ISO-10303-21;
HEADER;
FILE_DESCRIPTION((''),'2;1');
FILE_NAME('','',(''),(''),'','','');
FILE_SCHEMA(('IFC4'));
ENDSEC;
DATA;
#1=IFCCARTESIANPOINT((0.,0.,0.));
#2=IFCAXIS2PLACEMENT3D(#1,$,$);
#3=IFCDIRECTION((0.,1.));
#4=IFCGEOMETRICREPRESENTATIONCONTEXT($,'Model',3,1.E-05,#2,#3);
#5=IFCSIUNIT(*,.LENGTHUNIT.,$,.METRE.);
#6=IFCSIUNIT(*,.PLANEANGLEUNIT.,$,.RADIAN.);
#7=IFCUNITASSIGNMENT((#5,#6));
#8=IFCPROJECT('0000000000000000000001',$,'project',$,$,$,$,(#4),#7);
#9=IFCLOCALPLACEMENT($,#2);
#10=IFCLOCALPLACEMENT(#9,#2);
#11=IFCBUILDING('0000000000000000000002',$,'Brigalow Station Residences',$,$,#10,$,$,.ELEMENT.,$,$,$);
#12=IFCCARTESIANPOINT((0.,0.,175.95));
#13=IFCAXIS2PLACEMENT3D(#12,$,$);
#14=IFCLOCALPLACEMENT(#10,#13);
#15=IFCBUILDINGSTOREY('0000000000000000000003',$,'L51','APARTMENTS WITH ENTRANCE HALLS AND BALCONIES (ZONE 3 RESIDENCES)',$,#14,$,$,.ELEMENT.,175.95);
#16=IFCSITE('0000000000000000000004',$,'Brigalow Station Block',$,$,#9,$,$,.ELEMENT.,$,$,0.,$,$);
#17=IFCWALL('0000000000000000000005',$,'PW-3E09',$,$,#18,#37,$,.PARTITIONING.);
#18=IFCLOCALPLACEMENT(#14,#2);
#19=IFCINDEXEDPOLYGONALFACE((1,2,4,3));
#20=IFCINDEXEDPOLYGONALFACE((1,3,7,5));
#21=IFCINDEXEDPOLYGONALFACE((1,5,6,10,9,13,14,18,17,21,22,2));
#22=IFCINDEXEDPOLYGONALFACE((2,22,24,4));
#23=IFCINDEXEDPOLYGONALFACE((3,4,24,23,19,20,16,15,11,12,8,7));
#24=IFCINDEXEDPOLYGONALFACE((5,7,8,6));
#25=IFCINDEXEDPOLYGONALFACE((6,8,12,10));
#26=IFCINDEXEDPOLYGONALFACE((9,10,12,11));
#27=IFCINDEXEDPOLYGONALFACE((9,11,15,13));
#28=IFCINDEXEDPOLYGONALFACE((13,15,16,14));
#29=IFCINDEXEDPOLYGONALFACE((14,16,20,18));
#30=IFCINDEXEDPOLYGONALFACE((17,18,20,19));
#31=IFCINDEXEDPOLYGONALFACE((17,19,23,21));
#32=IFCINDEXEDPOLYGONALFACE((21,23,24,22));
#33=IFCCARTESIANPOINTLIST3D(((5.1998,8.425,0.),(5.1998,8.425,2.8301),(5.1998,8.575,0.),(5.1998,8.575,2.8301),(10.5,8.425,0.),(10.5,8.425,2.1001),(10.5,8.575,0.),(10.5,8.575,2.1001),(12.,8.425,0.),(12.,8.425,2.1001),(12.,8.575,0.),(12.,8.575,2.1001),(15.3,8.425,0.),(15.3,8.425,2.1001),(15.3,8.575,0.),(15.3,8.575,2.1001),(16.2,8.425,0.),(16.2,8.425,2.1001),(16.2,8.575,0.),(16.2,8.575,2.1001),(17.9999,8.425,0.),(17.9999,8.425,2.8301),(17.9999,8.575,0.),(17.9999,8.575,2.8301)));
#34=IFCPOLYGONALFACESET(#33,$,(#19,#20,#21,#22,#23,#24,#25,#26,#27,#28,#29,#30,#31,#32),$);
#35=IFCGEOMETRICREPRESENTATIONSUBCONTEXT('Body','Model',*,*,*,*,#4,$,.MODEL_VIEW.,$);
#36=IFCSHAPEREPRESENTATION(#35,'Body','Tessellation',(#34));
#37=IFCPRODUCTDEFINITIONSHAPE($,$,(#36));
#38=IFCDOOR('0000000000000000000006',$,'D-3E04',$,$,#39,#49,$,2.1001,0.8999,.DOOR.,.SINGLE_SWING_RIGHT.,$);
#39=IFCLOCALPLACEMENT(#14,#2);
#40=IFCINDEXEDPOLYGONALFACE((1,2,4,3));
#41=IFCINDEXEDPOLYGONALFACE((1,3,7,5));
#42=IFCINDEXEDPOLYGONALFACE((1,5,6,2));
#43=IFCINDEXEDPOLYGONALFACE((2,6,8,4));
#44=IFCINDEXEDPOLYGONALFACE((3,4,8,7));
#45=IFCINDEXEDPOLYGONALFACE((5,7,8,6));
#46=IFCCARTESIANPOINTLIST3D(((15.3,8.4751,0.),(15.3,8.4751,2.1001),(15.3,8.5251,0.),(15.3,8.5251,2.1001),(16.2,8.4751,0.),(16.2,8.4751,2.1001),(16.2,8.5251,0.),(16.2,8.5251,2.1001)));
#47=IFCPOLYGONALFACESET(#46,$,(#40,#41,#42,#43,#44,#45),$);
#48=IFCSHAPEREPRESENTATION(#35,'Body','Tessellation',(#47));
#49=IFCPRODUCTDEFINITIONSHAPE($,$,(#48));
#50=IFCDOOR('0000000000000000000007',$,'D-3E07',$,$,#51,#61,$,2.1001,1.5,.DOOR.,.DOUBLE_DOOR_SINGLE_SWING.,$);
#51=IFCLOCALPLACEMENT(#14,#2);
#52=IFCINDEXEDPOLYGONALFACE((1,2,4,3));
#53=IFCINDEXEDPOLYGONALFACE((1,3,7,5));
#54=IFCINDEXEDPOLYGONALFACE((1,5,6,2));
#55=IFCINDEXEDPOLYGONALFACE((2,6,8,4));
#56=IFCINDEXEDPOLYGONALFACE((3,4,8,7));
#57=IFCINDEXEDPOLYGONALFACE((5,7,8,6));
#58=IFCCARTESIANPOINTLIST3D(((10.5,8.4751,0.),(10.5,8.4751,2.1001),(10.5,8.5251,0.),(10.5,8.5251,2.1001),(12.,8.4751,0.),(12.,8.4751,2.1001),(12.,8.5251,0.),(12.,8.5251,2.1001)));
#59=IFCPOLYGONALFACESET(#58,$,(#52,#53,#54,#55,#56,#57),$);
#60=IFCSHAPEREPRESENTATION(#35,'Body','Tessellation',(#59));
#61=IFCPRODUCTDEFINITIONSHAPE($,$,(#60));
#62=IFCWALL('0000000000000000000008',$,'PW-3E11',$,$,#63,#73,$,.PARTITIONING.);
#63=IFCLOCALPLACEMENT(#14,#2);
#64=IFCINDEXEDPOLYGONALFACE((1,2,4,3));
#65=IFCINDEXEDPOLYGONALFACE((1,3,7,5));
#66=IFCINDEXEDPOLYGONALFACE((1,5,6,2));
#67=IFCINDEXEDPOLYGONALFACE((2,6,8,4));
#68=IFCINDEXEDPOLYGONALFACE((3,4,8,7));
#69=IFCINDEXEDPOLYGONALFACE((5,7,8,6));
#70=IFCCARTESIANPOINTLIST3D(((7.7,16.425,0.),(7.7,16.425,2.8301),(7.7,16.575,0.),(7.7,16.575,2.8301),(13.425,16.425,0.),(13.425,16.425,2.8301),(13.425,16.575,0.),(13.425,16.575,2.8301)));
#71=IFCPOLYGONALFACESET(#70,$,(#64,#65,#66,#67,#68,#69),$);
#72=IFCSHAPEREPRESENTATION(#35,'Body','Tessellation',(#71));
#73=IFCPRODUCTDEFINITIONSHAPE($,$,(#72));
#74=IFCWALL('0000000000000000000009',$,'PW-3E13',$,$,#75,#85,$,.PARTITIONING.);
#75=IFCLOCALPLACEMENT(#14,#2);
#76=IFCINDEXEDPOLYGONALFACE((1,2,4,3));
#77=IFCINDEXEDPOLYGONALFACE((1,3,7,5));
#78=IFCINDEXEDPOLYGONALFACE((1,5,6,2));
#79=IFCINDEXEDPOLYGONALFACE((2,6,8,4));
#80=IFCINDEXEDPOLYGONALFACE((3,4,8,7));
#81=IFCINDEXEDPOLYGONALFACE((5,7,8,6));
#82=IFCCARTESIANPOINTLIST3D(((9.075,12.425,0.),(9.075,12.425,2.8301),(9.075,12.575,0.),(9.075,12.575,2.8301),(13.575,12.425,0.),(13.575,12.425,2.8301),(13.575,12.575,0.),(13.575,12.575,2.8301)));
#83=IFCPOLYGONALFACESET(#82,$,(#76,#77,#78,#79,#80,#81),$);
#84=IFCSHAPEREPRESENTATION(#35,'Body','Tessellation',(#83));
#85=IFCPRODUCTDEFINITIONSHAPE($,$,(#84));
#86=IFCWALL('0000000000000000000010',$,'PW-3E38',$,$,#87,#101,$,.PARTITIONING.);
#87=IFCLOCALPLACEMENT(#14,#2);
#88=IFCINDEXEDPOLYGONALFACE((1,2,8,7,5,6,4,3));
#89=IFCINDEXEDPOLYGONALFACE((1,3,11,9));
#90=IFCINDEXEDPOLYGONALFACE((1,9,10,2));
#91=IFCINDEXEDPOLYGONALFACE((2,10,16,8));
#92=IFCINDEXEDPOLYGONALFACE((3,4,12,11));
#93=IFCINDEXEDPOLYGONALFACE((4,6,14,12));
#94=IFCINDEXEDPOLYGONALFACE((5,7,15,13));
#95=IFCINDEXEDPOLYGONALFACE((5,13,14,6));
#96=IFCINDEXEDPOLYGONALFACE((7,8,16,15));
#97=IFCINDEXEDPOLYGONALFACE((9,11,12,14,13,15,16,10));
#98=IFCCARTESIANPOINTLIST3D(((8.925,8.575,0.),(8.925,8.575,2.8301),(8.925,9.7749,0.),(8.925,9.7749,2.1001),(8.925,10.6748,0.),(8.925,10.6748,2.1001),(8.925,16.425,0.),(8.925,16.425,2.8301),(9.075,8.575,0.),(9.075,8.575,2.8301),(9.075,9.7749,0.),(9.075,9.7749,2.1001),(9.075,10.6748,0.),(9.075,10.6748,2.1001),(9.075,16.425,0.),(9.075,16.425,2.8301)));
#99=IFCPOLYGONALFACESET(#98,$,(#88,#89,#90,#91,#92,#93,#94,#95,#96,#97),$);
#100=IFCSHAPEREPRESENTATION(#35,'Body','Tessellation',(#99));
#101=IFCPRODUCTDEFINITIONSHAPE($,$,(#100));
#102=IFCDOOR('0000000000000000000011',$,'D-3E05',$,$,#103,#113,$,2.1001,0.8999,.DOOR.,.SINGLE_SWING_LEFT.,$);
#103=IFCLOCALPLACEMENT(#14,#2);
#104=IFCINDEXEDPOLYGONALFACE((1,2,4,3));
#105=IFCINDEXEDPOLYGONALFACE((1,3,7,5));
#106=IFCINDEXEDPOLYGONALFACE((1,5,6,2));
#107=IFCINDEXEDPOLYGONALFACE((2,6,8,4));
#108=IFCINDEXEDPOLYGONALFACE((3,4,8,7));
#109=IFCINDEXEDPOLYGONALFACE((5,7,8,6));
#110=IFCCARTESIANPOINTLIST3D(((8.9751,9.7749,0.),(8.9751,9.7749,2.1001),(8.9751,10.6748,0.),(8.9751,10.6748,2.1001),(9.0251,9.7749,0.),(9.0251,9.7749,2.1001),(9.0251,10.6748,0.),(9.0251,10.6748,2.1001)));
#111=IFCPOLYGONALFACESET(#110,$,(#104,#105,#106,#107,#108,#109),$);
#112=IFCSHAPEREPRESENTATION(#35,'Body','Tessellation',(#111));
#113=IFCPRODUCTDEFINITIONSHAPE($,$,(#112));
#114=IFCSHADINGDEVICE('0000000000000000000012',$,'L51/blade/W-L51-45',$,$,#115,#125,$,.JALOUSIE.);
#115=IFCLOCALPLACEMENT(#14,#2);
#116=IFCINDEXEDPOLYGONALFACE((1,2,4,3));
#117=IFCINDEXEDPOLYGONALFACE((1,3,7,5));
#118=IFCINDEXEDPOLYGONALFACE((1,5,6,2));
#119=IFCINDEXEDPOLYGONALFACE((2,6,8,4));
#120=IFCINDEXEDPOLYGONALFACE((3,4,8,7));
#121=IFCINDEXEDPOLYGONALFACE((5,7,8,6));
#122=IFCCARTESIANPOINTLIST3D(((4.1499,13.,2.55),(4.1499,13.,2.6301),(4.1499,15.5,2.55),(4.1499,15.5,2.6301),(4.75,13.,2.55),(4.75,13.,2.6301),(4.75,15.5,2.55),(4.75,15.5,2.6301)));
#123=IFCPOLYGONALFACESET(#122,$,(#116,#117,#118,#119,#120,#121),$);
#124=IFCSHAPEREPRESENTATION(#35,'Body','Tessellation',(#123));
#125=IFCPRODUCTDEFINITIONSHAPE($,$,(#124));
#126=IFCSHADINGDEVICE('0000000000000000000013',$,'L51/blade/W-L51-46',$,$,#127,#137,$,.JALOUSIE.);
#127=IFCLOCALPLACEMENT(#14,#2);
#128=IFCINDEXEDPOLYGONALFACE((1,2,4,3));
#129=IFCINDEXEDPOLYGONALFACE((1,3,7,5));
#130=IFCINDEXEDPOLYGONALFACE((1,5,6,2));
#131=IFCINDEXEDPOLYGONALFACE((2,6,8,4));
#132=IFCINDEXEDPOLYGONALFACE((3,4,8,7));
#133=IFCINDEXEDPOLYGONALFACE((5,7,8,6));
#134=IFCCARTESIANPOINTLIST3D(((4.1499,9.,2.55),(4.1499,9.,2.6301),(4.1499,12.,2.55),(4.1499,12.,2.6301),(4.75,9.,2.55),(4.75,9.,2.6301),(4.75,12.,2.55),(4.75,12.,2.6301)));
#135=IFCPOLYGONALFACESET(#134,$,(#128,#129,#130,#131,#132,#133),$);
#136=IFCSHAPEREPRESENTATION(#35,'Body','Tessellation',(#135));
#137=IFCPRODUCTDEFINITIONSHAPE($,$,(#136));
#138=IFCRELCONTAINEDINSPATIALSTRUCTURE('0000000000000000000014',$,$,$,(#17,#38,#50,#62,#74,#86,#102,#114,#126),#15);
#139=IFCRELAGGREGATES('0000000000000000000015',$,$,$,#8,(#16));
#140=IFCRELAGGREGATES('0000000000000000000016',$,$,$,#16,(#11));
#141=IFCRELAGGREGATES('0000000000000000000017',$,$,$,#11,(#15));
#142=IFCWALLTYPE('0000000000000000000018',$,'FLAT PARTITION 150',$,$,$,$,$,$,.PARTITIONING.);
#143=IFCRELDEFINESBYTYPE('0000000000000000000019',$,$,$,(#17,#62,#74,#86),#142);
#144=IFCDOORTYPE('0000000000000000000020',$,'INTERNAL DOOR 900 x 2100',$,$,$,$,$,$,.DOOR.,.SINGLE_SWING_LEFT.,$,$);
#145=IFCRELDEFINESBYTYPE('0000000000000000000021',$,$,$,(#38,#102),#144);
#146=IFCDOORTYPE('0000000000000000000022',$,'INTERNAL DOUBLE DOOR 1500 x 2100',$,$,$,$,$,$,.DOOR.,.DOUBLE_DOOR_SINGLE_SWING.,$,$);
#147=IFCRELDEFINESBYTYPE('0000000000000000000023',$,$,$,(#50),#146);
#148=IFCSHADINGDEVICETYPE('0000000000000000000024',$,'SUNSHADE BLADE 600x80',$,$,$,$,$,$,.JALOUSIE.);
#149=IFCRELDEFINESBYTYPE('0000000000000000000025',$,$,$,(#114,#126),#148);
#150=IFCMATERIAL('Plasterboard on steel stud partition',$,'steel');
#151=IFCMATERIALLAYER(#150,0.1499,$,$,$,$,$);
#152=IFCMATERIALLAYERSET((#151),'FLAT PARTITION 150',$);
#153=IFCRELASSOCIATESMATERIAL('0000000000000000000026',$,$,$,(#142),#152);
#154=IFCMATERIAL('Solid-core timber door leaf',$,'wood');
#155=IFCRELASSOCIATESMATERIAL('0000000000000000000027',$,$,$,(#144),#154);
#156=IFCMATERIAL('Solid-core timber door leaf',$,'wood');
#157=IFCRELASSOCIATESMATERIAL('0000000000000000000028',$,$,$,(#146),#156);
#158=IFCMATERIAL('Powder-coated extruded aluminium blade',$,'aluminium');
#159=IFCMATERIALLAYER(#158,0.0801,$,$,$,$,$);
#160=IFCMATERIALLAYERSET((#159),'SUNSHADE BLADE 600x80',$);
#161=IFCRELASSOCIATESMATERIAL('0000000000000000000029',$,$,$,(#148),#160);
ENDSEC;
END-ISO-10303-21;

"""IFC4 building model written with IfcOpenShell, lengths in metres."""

from ifc_helpers import new_model, si_unit, direction, frame, frame_2d, origin, origin_2d, place, context, subcontext, project, spatial, rectangle, extrude, material, layer, layer_set, type_object, element, fill, save


model = new_model("IFC4")

# Units and contexts
model_context = context("Model", 3, precision=1e-05, world=origin(), true_north=direction((0.0, 1.0)))
body_context = subcontext(model_context, "Body", "Model", "MODEL_VIEW")
ifc_project = project(units=[si_unit("LENGTHUNIT", "METRE"), si_unit("PLANEANGLEUNIT", "RADIAN")], contexts=[model_context])

# Site, building, storey
site_placement = place(None, origin())
site = spatial("IfcSite", under=ifc_project, at=site_placement, Name="Brigalow Station Block", CompositionType="ELEMENT", RefElevation=0.0)
building_placement = place(site_placement, origin())
building = spatial("IfcBuilding", under=site, at=building_placement, Name="Brigalow Station Residences", CompositionType="ELEMENT")
storey_placement = place(building_placement, frame((0.0, 0.0, 175.95)))
storey = spatial("IfcBuildingStorey", under=building, at=storey_placement, Name="L51", Description="APARTMENTS WITH ENTRANCE HALLS AND BALCONIES (ZONE 3 RESIDENCES)", CompositionType="ELEMENT", Elevation=175.95)

# Wall, openings, doors
ifc_material_1 = material(Name="Plasterboard on steel stud partition", Category="steel")
ifc_layer_1 = layer(ifc_material_1, 0.1499)
ifc_layer_set_1 = layer_set([ifc_layer_1], Name="FLAT PARTITION 150")
wall_type_1 = type_object("IfcWallType", Name="FLAT PARTITION 150", PredefinedType="PARTITIONING", material=ifc_layer_set_1)
wall_1_placement = place(storey_placement, frame((5.2, 8.5, 0.0), z_axis=(0.0, 0.0, 1.0), x_axis=(1.0, 0.0, 0.0)))
wall_1 = element("IfcWall", 1, at=wall_1_placement, inside=storey, type_object=wall_type_1, Name="PW-3E09", PredefinedType="PARTITIONING", context=body_context, shape_type="SweptSolid", body=[
    extrude(rectangle(XDim=12.8, YDim=0.1499, at=frame_2d((6.3999, 0.0))), origin(), (0.0, 0.0, 1.0), 2.8301),
])
opening_1_placement = place(wall_1_placement, frame((10.1001, 0.0, 0.0)))
opening_1 = element("IfcOpeningElement", 2, at=opening_1_placement, cuts=wall_1, PredefinedType="OPENING", context=body_context, shape_type="SweptSolid", body=[
    extrude(rectangle(XDim=0.8999, YDim=2.1001, at=frame_2d((0.45, 1.05))), frame((0.0, 0.085, 0.0), z_axis=(0.0, -1.0, 0.0), x_axis=(1.0, 0.0, 0.0)), (0.0, 0.0, 1.0), 0.1699),
])
opening_2_placement = place(wall_1_placement, frame((5.3, 0.0, 0.0)))
opening_2 = element("IfcOpeningElement", 3, at=opening_2_placement, cuts=wall_1, PredefinedType="OPENING", context=body_context, shape_type="SweptSolid", body=[
    extrude(rectangle(XDim=1.5, YDim=2.1001, at=frame_2d((0.75, 1.05))), frame((0.0, 0.085, 0.0), z_axis=(0.0, -1.0, 0.0), x_axis=(1.0, 0.0, 0.0)), (0.0, 0.0, 1.0), 0.1699),
])
ifc_material_2 = material(Name="Solid-core timber door leaf", Category="wood")
door_type_1 = type_object("IfcDoorType", Name="INTERNAL DOOR 900 x 2100", OperationType="SINGLE_SWING_LEFT", PredefinedType="DOOR", material=ifc_material_2)
door_1_placement = place(opening_1_placement, frame((0.8999, 0.0, 0.0), z_axis=(0.0, 0.0, 1.0), x_axis=(-1.0, 0.0, 0.0)))
door_1 = element("IfcDoor", 4, at=door_1_placement, inside=storey, type_object=door_type_1, Name="D-3E04", OperationType="SINGLE_SWING_RIGHT", OverallHeight=2.1001, OverallWidth=0.8999, PredefinedType="DOOR", context=body_context, shape_type="SweptSolid", body=[
    extrude(rectangle(XDim=0.8999, YDim=2.1001, at=frame_2d((0.45, 1.05))), frame((0.0, 0.0249, 0.0), z_axis=(0.0, -1.0, 0.0), x_axis=(1.0, 0.0, 0.0)), (0.0, 0.0, 1.0), 0.05),
])
fill(opening_1, door_1)
ifc_material_3 = material(Name="Solid-core timber door leaf", Category="wood")
door_type_2 = type_object("IfcDoorType", Name="INTERNAL DOUBLE DOOR 1500 x 2100", OperationType="DOUBLE_DOOR_SINGLE_SWING", PredefinedType="DOOR", material=ifc_material_3)
door_2_placement = place(opening_2_placement, frame((1.5, 0.0, 0.0), z_axis=(0.0, 0.0, 1.0), x_axis=(-1.0, 0.0, 0.0)))
door_2 = element("IfcDoor", 5, at=door_2_placement, inside=storey, type_object=door_type_2, Name="D-3E07", OperationType="DOUBLE_DOOR_SINGLE_SWING", OverallHeight=2.1001, OverallWidth=1.5, PredefinedType="DOOR", context=body_context, shape_type="SweptSolid", body=[
    extrude(rectangle(XDim=1.5, YDim=2.1001, at=frame_2d((0.75, 1.05))), frame((0.0, 0.0249, 0.0), z_axis=(0.0, -1.0, 0.0), x_axis=(1.0, 0.0, 0.0)), (0.0, 0.0, 1.0), 0.05),
])
fill(opening_2, door_2)

# Walls
wall_2_placement = place(storey_placement, frame((7.7, 16.5, 0.0), z_axis=(0.0, 0.0, 1.0), x_axis=(1.0, 0.0, 0.0)))
element("IfcWall", 6, at=wall_2_placement, inside=storey, type_object=wall_type_1, Name="PW-3E11", PredefinedType="PARTITIONING", context=body_context, shape_type="SweptSolid", body=[
    extrude(rectangle(XDim=5.7251, YDim=0.1499, at=frame_2d((2.8625, 0.0))), origin(), (0.0, 0.0, 1.0), 2.8301),
])
wall_3_placement = place(storey_placement, frame((9.075, 12.5, 0.0), z_axis=(0.0, 0.0, 1.0), x_axis=(1.0, 0.0, 0.0)))
element("IfcWall", 7, at=wall_3_placement, inside=storey, type_object=wall_type_1, Name="PW-3E13", PredefinedType="PARTITIONING", context=body_context, shape_type="SweptSolid", body=[
    extrude(rectangle(XDim=4.5, YDim=0.1499, at=frame_2d((2.25, 0.0))), origin(), (0.0, 0.0, 1.0), 2.8301),
])

# Wall, opening, door
wall_4_placement = place(storey_placement, frame((9.0, 8.575, 0.0), z_axis=(0.0, 0.0, 1.0), x_axis=(0.0, 1.0, 0.0)))
wall_4 = element("IfcWall", 8, at=wall_4_placement, inside=storey, type_object=wall_type_1, Name="PW-3E38", PredefinedType="PARTITIONING", context=body_context, shape_type="SweptSolid", body=[
    extrude(rectangle(XDim=7.8501, YDim=0.1499, at=frame_2d((3.925, 0.0))), origin(), (0.0, 0.0, 1.0), 2.8301),
])
opening_3_placement = place(wall_4_placement, frame((1.2, 0.0, 0.0)))
opening_3 = element("IfcOpeningElement", 9, at=opening_3_placement, cuts=wall_4, PredefinedType="OPENING", context=body_context, shape_type="SweptSolid", body=[
    extrude(rectangle(XDim=0.8999, YDim=2.1001, at=frame_2d((0.45, 1.05))), frame((0.0, 0.085, 0.0), z_axis=(0.0, -1.0, 0.0), x_axis=(1.0, 0.0, 0.0)), (0.0, 0.0, 1.0), 0.1699),
])
door_3_placement = place(opening_3_placement, origin())
door_3 = element("IfcDoor", 10, at=door_3_placement, inside=storey, type_object=door_type_1, Name="D-3E05", OperationType="SINGLE_SWING_LEFT", OverallHeight=2.1001, OverallWidth=0.8999, PredefinedType="DOOR", context=body_context, shape_type="SweptSolid", body=[
    extrude(rectangle(XDim=0.8999, YDim=2.1001, at=frame_2d((0.45, 1.05))), frame((0.0, 0.0249, 0.0), z_axis=(0.0, -1.0, 0.0), x_axis=(1.0, 0.0, 0.0)), (0.0, 0.0, 1.0), 0.05),
])
fill(opening_3, door_3)

# Shading devices
ifc_material_4 = material(Name="Powder-coated extruded aluminium blade", Category="aluminium")
ifc_layer_2 = layer(ifc_material_4, 0.0801)
ifc_layer_set_2 = layer_set([ifc_layer_2], Name="SUNSHADE BLADE 600x80")
shading_device_type = type_object("IfcShadingDeviceType", Name="SUNSHADE BLADE 600x80", PredefinedType="JALOUSIE", material=ifc_layer_set_2)
shading_device_1_placement = place(storey_placement, frame((4.45, 14.25, 2.55), z_axis=(0.0, 0.0, 1.0), x_axis=(0.0, -1.0, 0.0)))
element("IfcShadingDevice", 11, at=shading_device_1_placement, inside=storey, type_object=shading_device_type, Name="L51/blade/W-L51-45", PredefinedType="JALOUSIE", context=body_context, shape_type="SweptSolid", body=[
    extrude(rectangle(XDim=2.5, YDim=0.6001, at=origin_2d()), origin(), (0.0, 0.0, 1.0), 0.0801),
])
shading_device_2_placement = place(storey_placement, frame((4.45, 10.5, 2.55), z_axis=(0.0, 0.0, 1.0), x_axis=(0.0, -1.0, 0.0)))
element("IfcShadingDevice", 12, at=shading_device_2_placement, inside=storey, type_object=shading_device_type, Name="L51/blade/W-L51-46", PredefinedType="JALOUSIE", context=body_context, shape_type="SweptSolid", body=[
    extrude(rectangle(XDim=3.0, YDim=0.6001, at=origin_2d()), origin(), (0.0, 0.0, 1.0), 0.0801),
])

save(model, "model.ifc")
